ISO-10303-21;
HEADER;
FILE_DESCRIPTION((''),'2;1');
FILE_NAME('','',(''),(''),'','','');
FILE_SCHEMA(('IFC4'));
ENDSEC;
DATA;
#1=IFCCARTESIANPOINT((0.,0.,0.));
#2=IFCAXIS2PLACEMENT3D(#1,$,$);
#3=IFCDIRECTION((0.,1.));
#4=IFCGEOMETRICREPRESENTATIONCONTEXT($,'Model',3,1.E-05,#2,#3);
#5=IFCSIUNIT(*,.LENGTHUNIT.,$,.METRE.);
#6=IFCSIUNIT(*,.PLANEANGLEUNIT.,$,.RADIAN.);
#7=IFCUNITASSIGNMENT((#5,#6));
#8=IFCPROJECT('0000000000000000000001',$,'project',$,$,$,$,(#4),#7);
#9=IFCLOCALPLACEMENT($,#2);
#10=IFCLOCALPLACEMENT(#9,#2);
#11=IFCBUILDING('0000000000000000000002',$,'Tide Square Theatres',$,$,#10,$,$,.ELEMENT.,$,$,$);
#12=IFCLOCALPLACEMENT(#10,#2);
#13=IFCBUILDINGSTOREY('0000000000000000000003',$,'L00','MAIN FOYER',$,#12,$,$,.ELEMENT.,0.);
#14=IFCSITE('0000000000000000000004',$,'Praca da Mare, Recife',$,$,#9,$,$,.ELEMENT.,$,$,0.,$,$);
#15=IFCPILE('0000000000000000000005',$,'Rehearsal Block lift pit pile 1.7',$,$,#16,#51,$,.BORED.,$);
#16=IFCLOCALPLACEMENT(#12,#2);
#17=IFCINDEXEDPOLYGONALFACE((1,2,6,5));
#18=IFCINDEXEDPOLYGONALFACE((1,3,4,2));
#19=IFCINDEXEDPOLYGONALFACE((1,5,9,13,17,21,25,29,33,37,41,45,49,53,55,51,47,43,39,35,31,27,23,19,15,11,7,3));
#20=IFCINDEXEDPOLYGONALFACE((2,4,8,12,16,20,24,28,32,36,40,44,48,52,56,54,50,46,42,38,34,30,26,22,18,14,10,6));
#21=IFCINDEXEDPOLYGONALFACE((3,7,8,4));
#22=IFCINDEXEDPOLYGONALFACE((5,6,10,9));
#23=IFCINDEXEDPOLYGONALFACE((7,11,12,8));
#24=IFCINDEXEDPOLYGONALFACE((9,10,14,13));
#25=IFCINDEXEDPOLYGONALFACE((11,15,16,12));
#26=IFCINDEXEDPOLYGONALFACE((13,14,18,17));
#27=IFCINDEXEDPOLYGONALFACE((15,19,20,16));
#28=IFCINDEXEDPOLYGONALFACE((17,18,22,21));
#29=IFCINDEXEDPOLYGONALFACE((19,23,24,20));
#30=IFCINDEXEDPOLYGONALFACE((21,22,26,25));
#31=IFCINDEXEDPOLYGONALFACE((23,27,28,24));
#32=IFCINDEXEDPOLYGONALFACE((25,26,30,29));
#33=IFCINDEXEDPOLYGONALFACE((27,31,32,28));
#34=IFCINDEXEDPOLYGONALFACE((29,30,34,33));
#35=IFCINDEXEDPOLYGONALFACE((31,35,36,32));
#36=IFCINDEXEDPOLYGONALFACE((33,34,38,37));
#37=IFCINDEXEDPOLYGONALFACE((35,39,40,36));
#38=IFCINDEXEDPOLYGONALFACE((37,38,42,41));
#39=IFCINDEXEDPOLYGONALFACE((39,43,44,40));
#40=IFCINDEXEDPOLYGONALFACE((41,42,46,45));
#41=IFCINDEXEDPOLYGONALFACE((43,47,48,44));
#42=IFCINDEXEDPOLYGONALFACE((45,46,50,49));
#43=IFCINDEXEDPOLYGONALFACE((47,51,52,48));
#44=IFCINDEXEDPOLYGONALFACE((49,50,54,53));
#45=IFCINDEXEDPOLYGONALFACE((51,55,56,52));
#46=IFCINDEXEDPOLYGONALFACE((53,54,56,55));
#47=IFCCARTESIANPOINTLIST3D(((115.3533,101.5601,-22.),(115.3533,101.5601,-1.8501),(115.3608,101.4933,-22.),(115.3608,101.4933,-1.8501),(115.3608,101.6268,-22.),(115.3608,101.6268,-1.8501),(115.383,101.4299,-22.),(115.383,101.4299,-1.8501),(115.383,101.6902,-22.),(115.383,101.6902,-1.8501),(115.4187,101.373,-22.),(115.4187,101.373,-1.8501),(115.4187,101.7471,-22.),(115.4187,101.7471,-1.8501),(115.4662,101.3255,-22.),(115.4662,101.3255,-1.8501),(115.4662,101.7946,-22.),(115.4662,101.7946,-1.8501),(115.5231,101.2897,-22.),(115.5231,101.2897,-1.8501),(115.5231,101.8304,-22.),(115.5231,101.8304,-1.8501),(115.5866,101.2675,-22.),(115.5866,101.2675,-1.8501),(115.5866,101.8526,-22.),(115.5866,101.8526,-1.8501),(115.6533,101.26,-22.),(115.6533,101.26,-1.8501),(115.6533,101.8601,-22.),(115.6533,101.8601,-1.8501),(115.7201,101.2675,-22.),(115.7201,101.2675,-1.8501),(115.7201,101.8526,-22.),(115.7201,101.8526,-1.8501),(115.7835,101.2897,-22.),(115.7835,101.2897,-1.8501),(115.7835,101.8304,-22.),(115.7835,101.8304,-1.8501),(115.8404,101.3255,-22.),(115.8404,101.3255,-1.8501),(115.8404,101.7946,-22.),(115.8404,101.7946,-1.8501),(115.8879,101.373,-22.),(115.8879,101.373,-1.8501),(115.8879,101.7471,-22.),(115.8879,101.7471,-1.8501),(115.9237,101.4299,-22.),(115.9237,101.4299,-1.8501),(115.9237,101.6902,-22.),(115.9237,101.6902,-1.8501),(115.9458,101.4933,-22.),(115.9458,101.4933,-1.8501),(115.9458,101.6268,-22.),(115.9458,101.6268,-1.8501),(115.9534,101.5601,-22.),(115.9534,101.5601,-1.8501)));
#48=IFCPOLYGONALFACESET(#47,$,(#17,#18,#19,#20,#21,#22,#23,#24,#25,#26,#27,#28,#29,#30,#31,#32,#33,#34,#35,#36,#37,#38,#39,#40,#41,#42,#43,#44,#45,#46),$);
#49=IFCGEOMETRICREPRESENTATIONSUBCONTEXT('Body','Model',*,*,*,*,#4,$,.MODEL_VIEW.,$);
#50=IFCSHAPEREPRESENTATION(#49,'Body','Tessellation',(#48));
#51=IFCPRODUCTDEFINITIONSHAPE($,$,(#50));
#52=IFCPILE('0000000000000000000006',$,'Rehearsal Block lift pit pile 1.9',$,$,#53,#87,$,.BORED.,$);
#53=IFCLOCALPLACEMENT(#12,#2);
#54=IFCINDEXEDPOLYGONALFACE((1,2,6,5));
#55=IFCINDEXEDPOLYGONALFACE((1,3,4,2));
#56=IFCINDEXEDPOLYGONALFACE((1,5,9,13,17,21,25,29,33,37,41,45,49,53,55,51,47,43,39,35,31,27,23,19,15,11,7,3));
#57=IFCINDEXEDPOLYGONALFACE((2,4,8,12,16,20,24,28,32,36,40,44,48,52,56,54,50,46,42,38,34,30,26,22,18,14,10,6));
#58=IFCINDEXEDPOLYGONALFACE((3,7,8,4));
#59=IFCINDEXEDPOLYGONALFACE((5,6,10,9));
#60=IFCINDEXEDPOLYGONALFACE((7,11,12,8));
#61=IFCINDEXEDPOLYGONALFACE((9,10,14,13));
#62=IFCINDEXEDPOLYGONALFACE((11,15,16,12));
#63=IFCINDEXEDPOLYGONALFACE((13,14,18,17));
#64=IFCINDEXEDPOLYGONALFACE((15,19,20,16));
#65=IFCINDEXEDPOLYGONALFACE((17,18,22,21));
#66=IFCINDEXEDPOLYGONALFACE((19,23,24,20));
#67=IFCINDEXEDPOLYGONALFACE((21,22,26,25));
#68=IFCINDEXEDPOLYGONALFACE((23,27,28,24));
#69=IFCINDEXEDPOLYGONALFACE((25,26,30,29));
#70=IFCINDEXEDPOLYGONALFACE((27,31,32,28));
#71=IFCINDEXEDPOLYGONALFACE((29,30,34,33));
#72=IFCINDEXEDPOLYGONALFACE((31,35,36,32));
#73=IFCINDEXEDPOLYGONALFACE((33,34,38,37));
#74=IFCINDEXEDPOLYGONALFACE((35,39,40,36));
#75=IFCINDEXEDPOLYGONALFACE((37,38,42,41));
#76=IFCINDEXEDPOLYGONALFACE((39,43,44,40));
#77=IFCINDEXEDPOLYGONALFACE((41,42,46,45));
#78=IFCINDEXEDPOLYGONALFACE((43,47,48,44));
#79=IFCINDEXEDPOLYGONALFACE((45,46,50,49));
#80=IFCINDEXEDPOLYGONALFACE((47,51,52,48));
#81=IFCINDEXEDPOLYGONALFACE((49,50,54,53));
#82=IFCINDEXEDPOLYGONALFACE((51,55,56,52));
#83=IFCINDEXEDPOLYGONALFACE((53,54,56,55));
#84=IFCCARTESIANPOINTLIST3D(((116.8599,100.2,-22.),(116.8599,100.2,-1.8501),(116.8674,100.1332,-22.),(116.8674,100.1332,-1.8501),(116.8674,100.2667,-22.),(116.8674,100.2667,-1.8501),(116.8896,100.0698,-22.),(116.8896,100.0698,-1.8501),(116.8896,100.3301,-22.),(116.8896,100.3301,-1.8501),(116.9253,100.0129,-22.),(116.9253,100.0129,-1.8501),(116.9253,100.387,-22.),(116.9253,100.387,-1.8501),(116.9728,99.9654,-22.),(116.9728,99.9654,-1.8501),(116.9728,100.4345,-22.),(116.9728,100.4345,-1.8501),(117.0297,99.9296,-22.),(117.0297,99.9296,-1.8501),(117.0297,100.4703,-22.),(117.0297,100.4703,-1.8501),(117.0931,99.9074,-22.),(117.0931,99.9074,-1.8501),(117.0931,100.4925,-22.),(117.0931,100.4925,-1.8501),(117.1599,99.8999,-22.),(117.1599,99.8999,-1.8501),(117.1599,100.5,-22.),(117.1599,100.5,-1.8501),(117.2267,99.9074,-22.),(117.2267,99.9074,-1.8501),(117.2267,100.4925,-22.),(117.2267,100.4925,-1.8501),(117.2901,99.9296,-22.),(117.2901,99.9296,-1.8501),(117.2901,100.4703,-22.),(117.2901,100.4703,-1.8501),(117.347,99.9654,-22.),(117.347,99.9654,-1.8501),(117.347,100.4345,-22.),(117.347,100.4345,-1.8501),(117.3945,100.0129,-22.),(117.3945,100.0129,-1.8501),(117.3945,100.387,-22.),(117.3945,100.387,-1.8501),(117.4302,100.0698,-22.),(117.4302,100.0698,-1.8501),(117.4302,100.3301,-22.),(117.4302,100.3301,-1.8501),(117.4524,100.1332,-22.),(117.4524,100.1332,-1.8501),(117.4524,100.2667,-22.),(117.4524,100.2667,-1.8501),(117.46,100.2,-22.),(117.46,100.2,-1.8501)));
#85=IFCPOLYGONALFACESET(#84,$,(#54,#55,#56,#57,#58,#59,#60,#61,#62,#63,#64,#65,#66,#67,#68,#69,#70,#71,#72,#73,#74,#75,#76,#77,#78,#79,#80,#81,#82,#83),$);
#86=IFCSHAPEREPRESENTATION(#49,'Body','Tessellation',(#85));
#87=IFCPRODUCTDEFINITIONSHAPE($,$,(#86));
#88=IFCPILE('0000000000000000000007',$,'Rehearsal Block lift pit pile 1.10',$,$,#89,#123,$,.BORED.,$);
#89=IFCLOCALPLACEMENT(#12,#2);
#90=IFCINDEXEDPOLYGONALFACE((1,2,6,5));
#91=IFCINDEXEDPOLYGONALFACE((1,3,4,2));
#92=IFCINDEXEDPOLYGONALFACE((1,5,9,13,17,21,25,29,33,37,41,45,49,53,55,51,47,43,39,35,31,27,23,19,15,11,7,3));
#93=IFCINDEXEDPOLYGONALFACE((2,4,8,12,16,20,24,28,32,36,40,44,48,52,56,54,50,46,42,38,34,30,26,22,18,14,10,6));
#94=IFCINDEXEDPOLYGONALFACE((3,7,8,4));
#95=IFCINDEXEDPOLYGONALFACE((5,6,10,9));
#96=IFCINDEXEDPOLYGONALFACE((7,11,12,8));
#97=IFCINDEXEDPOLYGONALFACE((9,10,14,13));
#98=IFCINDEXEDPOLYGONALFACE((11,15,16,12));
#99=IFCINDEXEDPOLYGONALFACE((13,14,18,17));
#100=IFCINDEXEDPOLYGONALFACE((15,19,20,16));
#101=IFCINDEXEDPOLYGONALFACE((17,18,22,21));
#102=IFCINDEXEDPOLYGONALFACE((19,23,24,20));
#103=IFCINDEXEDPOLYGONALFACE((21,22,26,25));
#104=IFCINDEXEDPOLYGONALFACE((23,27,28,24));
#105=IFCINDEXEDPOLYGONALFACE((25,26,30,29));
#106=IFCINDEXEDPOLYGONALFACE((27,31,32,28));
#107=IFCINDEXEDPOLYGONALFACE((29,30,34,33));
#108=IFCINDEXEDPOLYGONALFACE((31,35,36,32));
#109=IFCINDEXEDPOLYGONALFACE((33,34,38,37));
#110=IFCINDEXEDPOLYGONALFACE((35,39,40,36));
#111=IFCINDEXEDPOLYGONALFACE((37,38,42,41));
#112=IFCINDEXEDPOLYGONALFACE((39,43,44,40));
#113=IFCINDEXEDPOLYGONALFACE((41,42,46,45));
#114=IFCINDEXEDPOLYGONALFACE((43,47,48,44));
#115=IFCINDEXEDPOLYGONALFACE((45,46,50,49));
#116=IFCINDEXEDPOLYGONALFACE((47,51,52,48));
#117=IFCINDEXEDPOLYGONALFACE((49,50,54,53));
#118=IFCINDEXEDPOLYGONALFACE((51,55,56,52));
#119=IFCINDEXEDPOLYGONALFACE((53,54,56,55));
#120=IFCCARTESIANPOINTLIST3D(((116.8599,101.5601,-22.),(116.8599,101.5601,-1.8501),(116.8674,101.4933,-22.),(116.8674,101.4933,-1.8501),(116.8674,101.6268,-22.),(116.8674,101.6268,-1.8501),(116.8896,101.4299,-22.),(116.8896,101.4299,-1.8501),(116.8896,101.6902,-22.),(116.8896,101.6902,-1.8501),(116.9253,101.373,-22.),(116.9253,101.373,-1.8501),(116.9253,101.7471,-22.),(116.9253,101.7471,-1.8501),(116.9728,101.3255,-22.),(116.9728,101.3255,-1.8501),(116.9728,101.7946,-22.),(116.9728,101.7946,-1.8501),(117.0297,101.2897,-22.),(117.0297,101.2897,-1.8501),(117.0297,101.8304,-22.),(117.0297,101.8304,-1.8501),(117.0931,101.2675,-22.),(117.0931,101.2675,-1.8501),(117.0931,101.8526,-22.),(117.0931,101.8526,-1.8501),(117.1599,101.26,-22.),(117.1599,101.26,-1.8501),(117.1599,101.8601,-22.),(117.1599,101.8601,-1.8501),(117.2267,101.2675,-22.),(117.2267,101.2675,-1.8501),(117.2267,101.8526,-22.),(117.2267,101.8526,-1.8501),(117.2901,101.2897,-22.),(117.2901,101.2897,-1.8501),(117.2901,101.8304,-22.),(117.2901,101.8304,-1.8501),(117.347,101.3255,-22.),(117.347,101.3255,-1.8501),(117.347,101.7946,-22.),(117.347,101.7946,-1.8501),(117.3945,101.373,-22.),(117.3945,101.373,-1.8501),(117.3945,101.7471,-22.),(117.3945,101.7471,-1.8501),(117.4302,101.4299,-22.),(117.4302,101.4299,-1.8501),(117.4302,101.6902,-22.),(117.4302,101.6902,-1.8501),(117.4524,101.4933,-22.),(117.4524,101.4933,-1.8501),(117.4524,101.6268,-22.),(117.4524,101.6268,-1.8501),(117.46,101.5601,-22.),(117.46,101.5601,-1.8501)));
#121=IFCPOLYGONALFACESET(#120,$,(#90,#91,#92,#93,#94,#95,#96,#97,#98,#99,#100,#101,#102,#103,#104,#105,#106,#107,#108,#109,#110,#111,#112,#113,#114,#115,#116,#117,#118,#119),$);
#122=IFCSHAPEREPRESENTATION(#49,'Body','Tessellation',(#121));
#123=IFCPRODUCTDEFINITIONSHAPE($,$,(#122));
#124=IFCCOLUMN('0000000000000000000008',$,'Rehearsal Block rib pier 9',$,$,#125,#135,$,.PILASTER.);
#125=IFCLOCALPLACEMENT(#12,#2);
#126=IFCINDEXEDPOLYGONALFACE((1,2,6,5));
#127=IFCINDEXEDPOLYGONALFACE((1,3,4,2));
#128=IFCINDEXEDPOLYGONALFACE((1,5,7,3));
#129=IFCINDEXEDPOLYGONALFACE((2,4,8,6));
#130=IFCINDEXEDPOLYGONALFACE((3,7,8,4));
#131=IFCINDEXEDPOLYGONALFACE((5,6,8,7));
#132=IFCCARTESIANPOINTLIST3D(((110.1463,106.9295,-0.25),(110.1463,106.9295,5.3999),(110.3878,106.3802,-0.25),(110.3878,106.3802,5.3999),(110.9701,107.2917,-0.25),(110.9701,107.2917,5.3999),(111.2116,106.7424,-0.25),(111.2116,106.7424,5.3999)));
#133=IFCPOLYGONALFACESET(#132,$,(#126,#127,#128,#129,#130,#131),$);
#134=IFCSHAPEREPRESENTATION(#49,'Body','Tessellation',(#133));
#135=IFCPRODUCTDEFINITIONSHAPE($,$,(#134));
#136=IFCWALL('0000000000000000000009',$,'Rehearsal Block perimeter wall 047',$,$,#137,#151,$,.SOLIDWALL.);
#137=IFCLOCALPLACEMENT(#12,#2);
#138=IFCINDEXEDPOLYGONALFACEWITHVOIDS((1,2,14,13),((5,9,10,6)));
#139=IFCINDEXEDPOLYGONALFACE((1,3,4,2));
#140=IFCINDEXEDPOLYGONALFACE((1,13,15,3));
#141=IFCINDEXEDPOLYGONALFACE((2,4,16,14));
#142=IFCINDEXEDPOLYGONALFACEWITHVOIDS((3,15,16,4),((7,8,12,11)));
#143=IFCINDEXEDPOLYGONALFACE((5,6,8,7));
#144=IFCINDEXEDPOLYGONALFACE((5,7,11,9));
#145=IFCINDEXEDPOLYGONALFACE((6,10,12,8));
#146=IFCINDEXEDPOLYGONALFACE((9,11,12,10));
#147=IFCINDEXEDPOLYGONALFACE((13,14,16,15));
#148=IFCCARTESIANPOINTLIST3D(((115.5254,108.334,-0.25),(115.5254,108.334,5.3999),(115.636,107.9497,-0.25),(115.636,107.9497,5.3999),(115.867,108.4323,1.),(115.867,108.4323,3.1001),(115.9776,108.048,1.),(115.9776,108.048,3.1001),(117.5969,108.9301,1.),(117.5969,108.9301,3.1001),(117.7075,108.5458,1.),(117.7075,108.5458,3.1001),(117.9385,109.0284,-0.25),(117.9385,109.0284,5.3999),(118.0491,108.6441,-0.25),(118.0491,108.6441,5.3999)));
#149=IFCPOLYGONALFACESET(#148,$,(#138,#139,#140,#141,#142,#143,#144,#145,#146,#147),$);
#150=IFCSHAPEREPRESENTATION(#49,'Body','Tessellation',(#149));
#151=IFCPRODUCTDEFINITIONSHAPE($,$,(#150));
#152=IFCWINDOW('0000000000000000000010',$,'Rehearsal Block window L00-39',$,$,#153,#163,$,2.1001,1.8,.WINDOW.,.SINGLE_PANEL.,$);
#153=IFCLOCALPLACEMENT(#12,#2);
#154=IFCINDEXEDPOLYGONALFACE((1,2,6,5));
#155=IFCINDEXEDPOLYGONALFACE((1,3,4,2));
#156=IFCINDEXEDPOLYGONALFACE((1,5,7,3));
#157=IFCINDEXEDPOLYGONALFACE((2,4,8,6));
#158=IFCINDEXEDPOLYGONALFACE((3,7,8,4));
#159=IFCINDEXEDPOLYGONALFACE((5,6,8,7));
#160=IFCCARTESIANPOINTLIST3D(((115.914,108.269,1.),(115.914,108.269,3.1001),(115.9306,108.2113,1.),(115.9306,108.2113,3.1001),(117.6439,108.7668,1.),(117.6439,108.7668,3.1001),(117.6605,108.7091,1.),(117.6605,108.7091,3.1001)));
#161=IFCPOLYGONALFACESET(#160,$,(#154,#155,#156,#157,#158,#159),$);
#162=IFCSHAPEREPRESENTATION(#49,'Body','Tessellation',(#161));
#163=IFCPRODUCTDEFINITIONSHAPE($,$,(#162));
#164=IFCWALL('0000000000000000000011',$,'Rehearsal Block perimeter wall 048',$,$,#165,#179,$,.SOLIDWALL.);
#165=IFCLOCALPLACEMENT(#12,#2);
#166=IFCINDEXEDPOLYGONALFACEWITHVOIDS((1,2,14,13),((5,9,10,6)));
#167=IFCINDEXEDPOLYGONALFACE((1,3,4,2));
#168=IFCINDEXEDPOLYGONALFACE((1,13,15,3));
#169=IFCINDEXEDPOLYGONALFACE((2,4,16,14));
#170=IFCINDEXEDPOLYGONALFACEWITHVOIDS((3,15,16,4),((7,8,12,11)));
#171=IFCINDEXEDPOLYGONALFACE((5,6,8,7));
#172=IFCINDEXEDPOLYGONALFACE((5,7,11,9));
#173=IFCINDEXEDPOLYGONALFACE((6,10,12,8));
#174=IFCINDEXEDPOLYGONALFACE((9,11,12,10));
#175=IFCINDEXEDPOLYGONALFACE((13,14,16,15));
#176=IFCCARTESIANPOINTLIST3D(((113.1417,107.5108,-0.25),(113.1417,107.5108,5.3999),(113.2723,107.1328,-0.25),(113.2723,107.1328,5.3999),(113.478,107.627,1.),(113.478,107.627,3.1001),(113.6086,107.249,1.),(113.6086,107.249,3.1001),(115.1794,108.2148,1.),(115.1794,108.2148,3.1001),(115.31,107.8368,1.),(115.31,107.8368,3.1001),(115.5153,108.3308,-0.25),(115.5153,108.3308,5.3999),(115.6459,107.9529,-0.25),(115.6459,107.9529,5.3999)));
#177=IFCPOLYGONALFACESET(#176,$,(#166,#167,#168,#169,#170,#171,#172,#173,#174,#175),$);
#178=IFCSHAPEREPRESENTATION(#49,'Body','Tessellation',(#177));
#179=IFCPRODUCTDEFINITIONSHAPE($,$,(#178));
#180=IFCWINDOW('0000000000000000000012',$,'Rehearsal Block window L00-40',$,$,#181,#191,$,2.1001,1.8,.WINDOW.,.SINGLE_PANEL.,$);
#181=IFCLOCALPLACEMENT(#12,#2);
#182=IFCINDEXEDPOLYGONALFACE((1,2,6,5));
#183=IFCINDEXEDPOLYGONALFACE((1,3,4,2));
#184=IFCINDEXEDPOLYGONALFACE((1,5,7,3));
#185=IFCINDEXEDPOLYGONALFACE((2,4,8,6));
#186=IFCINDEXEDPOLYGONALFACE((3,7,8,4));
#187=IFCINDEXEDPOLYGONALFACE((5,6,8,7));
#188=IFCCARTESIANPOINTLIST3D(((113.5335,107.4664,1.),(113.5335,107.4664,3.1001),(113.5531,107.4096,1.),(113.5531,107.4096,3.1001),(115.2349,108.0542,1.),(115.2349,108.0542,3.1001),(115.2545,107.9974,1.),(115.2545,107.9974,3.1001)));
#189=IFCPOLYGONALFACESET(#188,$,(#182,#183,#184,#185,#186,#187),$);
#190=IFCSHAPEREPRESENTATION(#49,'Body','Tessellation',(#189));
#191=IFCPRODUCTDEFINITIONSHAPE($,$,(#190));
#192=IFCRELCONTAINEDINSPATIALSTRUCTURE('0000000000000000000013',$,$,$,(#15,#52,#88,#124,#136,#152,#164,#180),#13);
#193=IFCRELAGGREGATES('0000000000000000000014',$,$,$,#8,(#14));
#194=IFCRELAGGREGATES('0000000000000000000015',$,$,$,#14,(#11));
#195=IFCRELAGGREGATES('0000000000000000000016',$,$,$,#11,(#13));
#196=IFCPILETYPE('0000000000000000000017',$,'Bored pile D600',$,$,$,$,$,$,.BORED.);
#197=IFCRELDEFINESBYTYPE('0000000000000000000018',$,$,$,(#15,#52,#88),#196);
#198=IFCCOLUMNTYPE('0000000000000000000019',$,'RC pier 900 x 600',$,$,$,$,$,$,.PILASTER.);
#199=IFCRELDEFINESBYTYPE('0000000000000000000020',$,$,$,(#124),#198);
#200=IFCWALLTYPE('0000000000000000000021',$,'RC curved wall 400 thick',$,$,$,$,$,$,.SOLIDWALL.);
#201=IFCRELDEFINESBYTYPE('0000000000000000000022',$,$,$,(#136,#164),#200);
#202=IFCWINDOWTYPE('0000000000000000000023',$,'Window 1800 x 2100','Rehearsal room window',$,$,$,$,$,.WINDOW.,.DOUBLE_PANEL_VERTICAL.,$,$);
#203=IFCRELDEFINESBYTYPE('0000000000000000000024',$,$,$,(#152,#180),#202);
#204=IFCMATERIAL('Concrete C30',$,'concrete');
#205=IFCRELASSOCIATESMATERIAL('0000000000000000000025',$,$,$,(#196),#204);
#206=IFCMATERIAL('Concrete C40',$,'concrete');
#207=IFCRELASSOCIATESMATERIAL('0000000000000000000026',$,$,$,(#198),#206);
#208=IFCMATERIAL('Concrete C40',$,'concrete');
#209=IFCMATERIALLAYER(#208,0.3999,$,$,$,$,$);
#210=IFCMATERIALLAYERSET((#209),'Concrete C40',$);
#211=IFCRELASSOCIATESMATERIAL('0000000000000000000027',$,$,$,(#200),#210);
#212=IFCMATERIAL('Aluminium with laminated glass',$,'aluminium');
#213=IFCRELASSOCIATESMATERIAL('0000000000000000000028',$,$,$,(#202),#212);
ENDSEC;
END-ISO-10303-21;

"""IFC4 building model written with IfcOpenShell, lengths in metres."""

from ifc_helpers import new_model, si_unit, direction, frame, frame_2d, origin, origin_2d, place, context, subcontext, project, spatial, rectangle, circle, extrude, material, layer, layer_set, material_profile, profile_set, type_object, element, fill, save


model = new_model("IFC4")

# Units and contexts
model_context = context("Model", 3, precision=1e-05, world=origin(), true_north=direction((0.0, 1.0)))
body_context = subcontext(model_context, "Body", "Model", "MODEL_VIEW")
ifc_project = project(units=[si_unit("LENGTHUNIT", "METRE"), si_unit("PLANEANGLEUNIT", "RADIAN")], contexts=[model_context])

# Site, building, storey
site_placement = place(None, origin())
site = spatial("IfcSite", under=ifc_project, at=site_placement, Name="Praca da Mare, Recife", CompositionType="ELEMENT", RefElevation=0.0)
building_placement = place(site_placement, origin())
building = spatial("IfcBuilding", under=site, at=building_placement, Name="Tide Square Theatres", CompositionType="ELEMENT")
storey_placement = place(building_placement, origin())
storey = spatial("IfcBuildingStorey", under=building, at=storey_placement, Name="L00", Description="MAIN FOYER", CompositionType="ELEMENT", Elevation=0.0)

# Piles
ifc_material_1 = material(Name="Concrete C30", Category="concrete")
ifc_material_profile_1 = material_profile(ifc_material_1, circle(Radius=0.3, at=origin_2d()))
ifc_profile_set_1 = profile_set([ifc_material_profile_1], Name="Concrete C30")
pile_type = type_object("IfcPileType", Name="Bored pile D600", PredefinedType="BORED", material=ifc_profile_set_1)
for number, where, z_axis, x_axis, name in (
    (1, (115.6533, 101.5601, -1.8501), (0.0, 0.0, -1.0), (1.0, 0.0, 0.0), "Rehearsal Block lift pit pile 1.7"),
    (2, (117.1599, 100.2, -1.8501), (0.0, 0.0, -1.0), (1.0, 0.0, 0.0), "Rehearsal Block lift pit pile 1.9"),
    (3, (117.1599, 101.5601, -1.8501), (0.0, 0.0, -1.0), (1.0, 0.0, 0.0), "Rehearsal Block lift pit pile 1.10"),
):
    element("IfcPile", number, at=place(storey_placement, frame(where, z_axis=z_axis, x_axis=x_axis)), inside=storey, type_object=pile_type, Name=name, PredefinedType="BORED", context=body_context, shape_type="SweptSolid", body=[
        extrude(circle(Radius=0.3, at=origin_2d()), origin(), (0.0, 0.0, 1.0), 20.1499),
    ])

# Column
ifc_material_2 = material(Name="Concrete C40", Category="concrete")
ifc_material_profile_2 = material_profile(ifc_material_2, rectangle(XDim=0.8999, YDim=0.6001, at=origin_2d()))
ifc_profile_set_2 = profile_set([ifc_material_profile_2], Name="Concrete C40")
column_type = type_object("IfcColumnType", Name="RC pier 900 x 600", PredefinedType="PILASTER", material=ifc_profile_set_2)
column_placement = place(storey_placement, frame((110.679, 106.8359, -0.25), z_axis=(0.0, 0.0, 1.0), x_axis=(-0.915419, -0.402502, 0.0)))
element("IfcColumn", 4, at=column_placement, inside=storey, type_object=column_type, Name="Rehearsal Block rib pier 9", PredefinedType="PILASTER", context=body_context, shape_type="SweptSolid", body=[
    extrude(rectangle(XDim=0.8999, YDim=0.6001, at=origin_2d()), origin(), (0.0, 0.0, 1.0), 5.6499),
])

# Walls, openings, windows
ifc_material_3 = material(Name="Concrete C40", Category="concrete")
ifc_layer_1 = layer(ifc_material_3, 0.3999)
ifc_layer_set_1 = layer_set([ifc_layer_1], Name="Concrete C40")
wall_type_1 = type_object("IfcWallType", Name="RC curved wall 400 thick", PredefinedType="SOLIDWALL", material=ifc_layer_set_1)
wall_1_placement = place(storey_placement, frame((117.9937, 108.8362, -0.25), z_axis=(0.0, 0.0, 1.0), x_axis=(-0.961009, -0.276518, 0.0)))
wall_1 = element("IfcWall", 5, at=wall_1_placement, inside=storey, type_object=wall_type_1, Name="Rehearsal Block perimeter wall 047", PredefinedType="SOLIDWALL", context=body_context, shape_type="SweptSolid", body=[
    extrude(rectangle(XDim=2.511, YDim=0.3999, at=frame_2d((1.2554, 0.0))), origin(), (0.0, 0.0, 1.0), 5.6499),
])
opening_1_placement = place(wall_1_placement, frame((0.3555, 0.0, 1.25)))
opening_1 = element("IfcOpeningElement", 6, at=opening_1_placement, cuts=wall_1, PredefinedType="OPENING", context=body_context, shape_type="SweptSolid", body=[
    extrude(rectangle(XDim=1.8, YDim=2.1001, at=frame_2d((0.8999, 1.05))), frame((0.0, 0.21, 0.0), z_axis=(0.0, -1.0, 0.0), x_axis=(1.0, 0.0, 0.0)), (0.0, 0.0, 1.0), 0.4199),
])
ifc_material_4 = material(Name="Aluminium with laminated glass", Category="aluminium")
window_type = type_object("IfcWindowType", Name="Window 1800 x 2100", Description="Rehearsal room window", PartitioningType="DOUBLE_PANEL_VERTICAL", PredefinedType="WINDOW", material=ifc_material_4)
window_1_placement = place(opening_1_placement, origin())
window_1 = element("IfcWindow", 7, at=window_1_placement, inside=storey, type_object=window_type, Name="Rehearsal Block window L00-39", OverallHeight=2.1001, OverallWidth=1.8, PartitioningType="SINGLE_PANEL", PredefinedType="WINDOW", context=body_context, shape_type="SweptSolid", body=[
    extrude(rectangle(XDim=1.8, YDim=2.1001, at=frame_2d((0.8999, 1.05))), frame((0.0, 0.03, 0.0), z_axis=(0.0, -1.0, 0.0), x_axis=(1.0, 0.0, 0.0)), (0.0, 0.0, 1.0), 0.0601),
])
fill(opening_1, window_1)
wall_2_placement = place(storey_placement, frame((115.5806, 108.1418, -0.25), z_axis=(0.0, 0.0, 1.0), x_axis=(-0.945175, -0.326563, 0.0)))
wall_2 = element("IfcWall", 8, at=wall_2_placement, inside=storey, type_object=wall_type_1, Name="Rehearsal Block perimeter wall 048", PredefinedType="SOLIDWALL", context=body_context, shape_type="SweptSolid", body=[
    extrude(rectangle(XDim=2.5112, YDim=0.3999, at=frame_2d((1.2556, 0.0))), origin(), (0.0, 0.0, 1.0), 5.6499),
])
opening_2_placement = place(wall_2_placement, frame((0.3555, 0.0, 1.25)))
opening_2 = element("IfcOpeningElement", 9, at=opening_2_placement, cuts=wall_2, PredefinedType="OPENING", context=body_context, shape_type="SweptSolid", body=[
    extrude(rectangle(XDim=1.8, YDim=2.1001, at=frame_2d((0.8999, 1.05))), frame((0.0, 0.21, 0.0), z_axis=(0.0, -1.0, 0.0), x_axis=(1.0, 0.0, 0.0)), (0.0, 0.0, 1.0), 0.4199),
])
window_2_placement = place(opening_2_placement, origin())
window_2 = element("IfcWindow", 10, at=window_2_placement, inside=storey, type_object=window_type, Name="Rehearsal Block window L00-40", OverallHeight=2.1001, OverallWidth=1.8, PartitioningType="SINGLE_PANEL", PredefinedType="WINDOW", context=body_context, shape_type="SweptSolid", body=[
    extrude(rectangle(XDim=1.8, YDim=2.1001, at=frame_2d((0.8999, 1.05))), frame((0.0, 0.03, 0.0), z_axis=(0.0, -1.0, 0.0), x_axis=(1.0, 0.0, 0.0)), (0.0, 0.0, 1.0), 0.0601),
])
fill(opening_2, window_2)

save(model, "model.ifc")
